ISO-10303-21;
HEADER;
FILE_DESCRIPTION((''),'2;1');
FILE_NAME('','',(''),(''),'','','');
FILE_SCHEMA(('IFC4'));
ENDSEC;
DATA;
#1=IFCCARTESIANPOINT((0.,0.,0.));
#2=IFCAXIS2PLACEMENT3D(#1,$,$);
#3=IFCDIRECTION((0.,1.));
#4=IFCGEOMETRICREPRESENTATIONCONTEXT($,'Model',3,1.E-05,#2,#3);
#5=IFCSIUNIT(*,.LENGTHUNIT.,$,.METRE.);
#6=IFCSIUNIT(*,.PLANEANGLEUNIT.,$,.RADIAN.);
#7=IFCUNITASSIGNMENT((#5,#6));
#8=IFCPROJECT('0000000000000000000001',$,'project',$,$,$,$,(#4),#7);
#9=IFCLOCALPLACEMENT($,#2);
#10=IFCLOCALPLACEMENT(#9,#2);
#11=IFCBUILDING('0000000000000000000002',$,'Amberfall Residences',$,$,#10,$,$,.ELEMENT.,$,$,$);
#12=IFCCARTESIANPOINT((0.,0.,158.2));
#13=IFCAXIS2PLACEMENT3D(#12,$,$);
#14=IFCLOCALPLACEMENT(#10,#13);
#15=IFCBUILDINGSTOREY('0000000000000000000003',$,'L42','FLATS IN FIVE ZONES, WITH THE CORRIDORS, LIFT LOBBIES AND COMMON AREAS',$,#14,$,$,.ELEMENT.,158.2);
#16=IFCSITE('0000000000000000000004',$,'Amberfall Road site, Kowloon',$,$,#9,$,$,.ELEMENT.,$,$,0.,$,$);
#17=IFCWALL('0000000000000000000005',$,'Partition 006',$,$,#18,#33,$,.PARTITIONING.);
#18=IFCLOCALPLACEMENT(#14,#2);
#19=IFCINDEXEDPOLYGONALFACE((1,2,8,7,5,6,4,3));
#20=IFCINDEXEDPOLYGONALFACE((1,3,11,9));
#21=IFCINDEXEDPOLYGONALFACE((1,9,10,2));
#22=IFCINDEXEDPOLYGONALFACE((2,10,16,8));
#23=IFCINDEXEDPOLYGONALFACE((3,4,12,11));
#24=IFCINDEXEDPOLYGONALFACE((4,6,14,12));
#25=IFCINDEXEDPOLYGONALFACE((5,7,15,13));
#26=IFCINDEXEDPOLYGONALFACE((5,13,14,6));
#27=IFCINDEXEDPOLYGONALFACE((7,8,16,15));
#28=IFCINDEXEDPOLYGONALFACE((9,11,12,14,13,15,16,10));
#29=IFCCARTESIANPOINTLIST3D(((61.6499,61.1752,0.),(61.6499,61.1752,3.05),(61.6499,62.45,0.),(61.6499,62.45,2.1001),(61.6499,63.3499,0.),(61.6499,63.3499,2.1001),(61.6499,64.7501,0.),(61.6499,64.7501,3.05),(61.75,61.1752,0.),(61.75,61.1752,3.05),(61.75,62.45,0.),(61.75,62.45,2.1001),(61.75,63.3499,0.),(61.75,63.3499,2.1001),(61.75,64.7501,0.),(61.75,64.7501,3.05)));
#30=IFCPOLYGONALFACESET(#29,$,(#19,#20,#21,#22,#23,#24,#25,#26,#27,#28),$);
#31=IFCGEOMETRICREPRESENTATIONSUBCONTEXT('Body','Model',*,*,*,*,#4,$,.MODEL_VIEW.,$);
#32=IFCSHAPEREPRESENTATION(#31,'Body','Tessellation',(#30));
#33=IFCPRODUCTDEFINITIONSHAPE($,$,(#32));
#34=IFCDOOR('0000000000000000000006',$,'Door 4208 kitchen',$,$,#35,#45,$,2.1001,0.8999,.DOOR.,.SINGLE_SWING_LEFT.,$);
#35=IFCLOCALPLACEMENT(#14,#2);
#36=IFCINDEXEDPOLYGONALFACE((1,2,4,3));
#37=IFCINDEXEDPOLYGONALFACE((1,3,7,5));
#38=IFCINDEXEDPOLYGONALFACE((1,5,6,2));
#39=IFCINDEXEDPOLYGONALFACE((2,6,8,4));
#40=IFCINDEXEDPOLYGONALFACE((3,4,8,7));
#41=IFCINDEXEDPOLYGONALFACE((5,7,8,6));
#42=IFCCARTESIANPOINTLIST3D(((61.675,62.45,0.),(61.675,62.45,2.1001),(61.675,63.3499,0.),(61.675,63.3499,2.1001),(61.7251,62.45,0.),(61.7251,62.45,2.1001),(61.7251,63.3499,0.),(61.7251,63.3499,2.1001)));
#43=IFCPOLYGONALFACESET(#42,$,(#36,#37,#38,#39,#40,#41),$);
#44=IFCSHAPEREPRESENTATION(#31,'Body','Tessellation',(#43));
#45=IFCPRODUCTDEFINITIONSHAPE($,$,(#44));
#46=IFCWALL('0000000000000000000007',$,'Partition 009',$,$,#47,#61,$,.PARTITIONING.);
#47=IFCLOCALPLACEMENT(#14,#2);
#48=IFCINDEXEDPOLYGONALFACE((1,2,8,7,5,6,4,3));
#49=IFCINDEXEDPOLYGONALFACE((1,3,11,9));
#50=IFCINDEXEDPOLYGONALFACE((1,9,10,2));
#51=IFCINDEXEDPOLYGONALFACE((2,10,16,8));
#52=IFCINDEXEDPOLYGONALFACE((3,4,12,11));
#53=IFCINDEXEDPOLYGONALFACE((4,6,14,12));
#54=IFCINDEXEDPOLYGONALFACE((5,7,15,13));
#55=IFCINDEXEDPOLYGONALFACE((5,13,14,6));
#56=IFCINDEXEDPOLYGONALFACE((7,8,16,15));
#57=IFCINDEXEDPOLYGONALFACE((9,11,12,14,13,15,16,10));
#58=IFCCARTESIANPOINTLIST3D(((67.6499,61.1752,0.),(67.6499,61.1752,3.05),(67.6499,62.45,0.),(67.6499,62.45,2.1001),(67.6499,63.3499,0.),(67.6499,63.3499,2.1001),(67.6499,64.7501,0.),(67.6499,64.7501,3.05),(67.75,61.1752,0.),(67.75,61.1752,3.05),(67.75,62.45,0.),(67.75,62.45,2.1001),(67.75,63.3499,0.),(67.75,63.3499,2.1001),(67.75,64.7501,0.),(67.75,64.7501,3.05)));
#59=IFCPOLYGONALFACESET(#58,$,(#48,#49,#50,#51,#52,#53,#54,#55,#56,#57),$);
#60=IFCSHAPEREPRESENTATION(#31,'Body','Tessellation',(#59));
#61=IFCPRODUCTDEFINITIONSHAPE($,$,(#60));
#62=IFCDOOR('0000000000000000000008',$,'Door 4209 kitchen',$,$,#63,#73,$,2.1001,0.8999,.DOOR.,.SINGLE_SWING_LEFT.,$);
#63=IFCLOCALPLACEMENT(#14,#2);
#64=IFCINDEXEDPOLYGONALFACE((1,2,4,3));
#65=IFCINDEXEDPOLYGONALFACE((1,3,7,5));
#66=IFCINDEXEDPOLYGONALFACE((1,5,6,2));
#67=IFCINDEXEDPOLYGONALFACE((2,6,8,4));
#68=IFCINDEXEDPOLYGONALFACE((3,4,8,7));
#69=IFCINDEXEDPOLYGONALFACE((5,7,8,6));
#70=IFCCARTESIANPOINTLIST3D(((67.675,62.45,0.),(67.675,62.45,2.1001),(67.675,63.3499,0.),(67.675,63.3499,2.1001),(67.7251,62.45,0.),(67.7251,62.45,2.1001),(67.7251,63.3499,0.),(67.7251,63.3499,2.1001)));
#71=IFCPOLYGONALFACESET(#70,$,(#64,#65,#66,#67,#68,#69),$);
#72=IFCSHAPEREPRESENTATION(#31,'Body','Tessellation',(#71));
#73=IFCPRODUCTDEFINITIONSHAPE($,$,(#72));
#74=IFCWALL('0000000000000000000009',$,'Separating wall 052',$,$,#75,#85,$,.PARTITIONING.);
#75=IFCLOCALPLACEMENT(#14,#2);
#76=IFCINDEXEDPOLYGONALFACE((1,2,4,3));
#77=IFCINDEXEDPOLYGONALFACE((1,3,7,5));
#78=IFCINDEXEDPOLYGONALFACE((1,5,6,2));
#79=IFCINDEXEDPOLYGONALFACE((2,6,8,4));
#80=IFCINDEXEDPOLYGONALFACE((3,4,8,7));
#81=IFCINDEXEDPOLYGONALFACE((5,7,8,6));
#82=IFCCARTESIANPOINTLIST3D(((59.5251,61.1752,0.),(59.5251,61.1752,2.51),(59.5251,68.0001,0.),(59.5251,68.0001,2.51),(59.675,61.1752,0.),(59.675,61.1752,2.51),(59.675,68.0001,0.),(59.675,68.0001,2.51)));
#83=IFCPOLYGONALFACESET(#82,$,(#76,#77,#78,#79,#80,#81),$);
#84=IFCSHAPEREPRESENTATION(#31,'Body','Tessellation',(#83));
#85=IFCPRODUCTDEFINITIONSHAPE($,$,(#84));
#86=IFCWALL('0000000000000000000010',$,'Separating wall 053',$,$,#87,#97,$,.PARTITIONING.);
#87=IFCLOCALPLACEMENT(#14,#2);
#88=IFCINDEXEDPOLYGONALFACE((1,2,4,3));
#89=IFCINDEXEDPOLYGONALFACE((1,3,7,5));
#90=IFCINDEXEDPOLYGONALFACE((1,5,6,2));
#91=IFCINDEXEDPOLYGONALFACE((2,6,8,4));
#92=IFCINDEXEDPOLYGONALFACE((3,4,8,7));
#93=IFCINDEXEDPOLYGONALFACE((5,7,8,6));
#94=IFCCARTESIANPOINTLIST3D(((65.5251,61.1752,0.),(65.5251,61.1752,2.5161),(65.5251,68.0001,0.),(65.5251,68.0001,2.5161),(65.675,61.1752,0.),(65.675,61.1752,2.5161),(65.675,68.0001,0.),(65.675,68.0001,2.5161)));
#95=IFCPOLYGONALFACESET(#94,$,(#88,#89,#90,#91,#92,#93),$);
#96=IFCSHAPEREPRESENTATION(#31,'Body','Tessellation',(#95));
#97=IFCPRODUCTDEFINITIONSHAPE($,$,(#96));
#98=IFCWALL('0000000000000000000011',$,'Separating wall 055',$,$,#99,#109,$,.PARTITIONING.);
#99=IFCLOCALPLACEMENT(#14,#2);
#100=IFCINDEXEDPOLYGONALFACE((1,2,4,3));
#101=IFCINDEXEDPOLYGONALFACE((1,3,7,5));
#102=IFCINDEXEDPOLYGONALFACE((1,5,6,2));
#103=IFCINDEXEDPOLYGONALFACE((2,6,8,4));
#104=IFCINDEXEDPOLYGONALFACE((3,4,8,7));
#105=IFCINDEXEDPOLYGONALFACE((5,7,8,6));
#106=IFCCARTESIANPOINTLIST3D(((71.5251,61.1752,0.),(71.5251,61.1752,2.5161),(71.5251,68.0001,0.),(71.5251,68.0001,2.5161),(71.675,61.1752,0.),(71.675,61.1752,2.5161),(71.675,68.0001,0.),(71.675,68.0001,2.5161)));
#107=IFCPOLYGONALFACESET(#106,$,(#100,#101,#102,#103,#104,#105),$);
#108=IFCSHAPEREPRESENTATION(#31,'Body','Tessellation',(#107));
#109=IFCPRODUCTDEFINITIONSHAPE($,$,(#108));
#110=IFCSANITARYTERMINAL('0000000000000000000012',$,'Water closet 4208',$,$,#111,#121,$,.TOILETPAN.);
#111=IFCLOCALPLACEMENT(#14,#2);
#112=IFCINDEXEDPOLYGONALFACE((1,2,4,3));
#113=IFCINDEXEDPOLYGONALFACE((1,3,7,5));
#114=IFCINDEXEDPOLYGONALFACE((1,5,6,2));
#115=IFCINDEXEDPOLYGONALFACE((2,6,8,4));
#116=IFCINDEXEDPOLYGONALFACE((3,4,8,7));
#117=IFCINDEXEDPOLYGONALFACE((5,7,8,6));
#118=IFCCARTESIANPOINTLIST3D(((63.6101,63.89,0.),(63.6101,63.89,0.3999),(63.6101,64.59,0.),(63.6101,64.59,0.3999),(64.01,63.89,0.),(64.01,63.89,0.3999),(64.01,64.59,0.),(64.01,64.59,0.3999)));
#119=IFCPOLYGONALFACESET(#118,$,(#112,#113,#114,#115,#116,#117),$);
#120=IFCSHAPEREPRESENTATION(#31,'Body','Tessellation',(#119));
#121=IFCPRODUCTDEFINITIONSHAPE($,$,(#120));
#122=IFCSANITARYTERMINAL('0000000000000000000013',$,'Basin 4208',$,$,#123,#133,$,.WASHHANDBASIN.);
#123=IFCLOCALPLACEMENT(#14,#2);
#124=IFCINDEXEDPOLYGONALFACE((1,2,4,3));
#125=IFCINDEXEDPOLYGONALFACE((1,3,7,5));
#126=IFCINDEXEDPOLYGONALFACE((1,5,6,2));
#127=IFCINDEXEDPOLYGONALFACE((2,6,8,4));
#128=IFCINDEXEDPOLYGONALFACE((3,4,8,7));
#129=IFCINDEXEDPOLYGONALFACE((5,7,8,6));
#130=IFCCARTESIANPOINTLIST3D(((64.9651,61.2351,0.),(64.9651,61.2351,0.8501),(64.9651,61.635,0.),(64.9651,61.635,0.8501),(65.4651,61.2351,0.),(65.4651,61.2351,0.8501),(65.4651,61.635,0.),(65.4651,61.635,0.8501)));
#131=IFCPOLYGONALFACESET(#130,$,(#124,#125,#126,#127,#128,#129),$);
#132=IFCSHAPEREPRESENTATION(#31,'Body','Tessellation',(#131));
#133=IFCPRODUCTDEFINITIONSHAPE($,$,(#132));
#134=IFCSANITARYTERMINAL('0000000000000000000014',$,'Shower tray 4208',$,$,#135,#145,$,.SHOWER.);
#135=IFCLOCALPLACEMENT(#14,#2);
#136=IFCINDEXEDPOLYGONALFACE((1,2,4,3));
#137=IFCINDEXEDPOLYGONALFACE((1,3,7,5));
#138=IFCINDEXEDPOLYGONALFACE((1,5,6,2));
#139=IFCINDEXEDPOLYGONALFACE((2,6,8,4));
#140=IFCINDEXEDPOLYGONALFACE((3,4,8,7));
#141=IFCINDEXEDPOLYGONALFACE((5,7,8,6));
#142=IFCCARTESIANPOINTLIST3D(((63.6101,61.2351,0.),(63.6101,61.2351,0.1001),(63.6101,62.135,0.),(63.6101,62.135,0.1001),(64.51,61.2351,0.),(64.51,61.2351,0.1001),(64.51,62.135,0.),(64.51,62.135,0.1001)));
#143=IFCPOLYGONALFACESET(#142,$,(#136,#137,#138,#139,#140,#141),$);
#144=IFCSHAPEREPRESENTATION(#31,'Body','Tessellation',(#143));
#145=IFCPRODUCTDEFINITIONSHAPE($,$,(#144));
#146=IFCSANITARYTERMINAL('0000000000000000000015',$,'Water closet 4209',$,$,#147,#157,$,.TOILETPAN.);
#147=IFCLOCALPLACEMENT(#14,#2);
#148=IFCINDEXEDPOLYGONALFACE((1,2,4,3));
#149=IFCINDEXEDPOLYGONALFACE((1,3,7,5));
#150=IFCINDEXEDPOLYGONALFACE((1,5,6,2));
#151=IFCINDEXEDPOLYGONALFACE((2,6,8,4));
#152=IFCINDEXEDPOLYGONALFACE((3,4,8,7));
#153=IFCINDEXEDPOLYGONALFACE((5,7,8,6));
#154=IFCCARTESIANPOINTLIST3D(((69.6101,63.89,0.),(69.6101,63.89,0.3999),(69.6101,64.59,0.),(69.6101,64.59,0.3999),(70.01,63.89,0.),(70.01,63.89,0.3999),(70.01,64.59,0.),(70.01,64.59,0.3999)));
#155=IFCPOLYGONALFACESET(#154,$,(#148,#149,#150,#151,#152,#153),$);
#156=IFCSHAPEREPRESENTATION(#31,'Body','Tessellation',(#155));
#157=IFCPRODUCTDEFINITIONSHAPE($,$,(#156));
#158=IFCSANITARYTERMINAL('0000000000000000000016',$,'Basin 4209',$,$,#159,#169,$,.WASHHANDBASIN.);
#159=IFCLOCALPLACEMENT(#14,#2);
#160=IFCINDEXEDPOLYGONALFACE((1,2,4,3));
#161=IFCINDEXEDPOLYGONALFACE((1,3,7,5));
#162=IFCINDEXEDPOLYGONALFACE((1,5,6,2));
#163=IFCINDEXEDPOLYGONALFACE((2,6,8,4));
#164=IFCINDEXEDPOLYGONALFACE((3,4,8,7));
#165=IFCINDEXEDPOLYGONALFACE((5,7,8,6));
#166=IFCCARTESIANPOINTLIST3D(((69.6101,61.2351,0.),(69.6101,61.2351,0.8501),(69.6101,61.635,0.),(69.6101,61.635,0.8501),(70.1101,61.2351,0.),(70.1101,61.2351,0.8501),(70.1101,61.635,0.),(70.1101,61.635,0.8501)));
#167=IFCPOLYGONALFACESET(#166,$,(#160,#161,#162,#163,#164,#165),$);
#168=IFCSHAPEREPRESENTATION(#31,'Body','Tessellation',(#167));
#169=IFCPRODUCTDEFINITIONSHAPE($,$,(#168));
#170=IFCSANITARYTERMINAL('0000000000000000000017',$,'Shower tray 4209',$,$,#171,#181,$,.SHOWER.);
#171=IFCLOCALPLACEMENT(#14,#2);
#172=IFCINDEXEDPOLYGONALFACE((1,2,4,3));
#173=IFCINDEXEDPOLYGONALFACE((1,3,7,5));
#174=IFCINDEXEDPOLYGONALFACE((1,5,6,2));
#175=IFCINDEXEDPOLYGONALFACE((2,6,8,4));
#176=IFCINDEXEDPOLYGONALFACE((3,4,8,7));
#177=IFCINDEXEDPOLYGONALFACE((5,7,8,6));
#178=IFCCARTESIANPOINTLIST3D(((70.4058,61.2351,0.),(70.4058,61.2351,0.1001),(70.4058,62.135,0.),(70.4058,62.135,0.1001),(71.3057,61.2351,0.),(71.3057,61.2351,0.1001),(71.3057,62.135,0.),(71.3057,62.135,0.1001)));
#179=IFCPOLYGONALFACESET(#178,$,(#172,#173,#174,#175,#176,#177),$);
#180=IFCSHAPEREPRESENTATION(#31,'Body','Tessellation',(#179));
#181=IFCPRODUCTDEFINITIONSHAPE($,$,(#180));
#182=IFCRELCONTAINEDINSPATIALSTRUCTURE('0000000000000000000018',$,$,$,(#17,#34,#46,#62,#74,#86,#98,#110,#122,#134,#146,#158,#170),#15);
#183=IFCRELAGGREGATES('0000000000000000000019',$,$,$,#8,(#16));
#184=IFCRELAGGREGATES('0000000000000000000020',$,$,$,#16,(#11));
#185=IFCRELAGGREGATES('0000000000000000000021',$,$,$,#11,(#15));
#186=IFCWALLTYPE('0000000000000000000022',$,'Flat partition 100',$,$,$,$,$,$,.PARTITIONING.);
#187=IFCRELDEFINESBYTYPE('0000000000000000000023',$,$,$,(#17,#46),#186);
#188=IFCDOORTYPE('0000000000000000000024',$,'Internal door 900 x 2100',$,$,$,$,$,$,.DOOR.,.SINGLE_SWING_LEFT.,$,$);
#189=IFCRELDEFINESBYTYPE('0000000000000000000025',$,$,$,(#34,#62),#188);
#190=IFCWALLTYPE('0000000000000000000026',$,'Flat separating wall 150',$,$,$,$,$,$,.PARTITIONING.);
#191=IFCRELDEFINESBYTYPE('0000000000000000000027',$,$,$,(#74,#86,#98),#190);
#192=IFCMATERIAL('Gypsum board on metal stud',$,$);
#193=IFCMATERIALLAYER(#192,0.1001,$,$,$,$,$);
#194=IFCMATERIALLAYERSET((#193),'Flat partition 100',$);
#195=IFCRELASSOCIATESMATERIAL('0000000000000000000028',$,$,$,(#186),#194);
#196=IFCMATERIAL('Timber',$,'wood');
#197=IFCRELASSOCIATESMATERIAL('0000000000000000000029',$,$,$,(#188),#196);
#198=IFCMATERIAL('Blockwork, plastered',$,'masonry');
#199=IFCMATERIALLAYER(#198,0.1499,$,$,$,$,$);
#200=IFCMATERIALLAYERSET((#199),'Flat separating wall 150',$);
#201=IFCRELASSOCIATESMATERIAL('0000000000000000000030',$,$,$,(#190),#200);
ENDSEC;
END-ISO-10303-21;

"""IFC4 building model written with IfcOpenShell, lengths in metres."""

from ifc_helpers import new_model, si_unit, direction, frame, frame_2d, origin, origin_2d, place, context, subcontext, project, spatial, rectangle, extrude, material, layer, layer_set, type_object, element, fill, save


model = new_model("IFC4")

# Units and contexts
model_context = context("Model", 3, precision=1e-05, world=origin(), true_north=direction((0.0, 1.0)))
body_context = subcontext(model_context, "Body", "Model", "MODEL_VIEW")
ifc_project = project(units=[si_unit("LENGTHUNIT", "METRE"), si_unit("PLANEANGLEUNIT", "RADIAN")], contexts=[model_context])

# Site, building, storey
site_placement = place(None, origin())
site = spatial("IfcSite", under=ifc_project, at=site_placement, Name="Amberfall Road site, Kowloon", CompositionType="ELEMENT", RefElevation=0.0)
building_placement = place(site_placement, origin())
building = spatial("IfcBuilding", under=site, at=building_placement, Name="Amberfall Residences", CompositionType="ELEMENT")
storey_placement = place(building_placement, frame((0.0, 0.0, 158.2)))
storey = spatial("IfcBuildingStorey", under=building, at=storey_placement, Name="L42", Description="FLATS IN FIVE ZONES, WITH THE CORRIDORS, LIFT LOBBIES AND COMMON AREAS", CompositionType="ELEMENT", Elevation=158.2)

# Walls, openings, doors
ifc_material_1 = material(Name="Gypsum board on metal stud")
ifc_layer_1 = layer(ifc_material_1, 0.1001)
ifc_layer_set_1 = layer_set([ifc_layer_1], Name="Flat partition 100")
wall_type_1 = type_object("IfcWallType", Name="Flat partition 100", PredefinedType="PARTITIONING", material=ifc_layer_set_1)
wall_1_placement = place(storey_placement, frame((61.7, 61.175, 0.0), z_axis=(0.0, 0.0, 1.0), x_axis=(0.0, 1.0, 0.0)))
wall_1 = element("IfcWall", 1, at=wall_1_placement, inside=storey, type_object=wall_type_1, Name="Partition 006", PredefinedType="PARTITIONING", context=body_context, shape_type="SweptSolid", body=[
    extrude(rectangle(XDim=3.575, YDim=0.1001, at=frame_2d((1.7876, 0.0))), origin(), (0.0, 0.0, 1.0), 3.05),
])
opening_1_placement = place(wall_1_placement, frame((1.2749, 0.0, 0.0)))
opening_1 = element("IfcOpeningElement", 2, at=opening_1_placement, cuts=wall_1, PredefinedType="OPENING", context=body_context, shape_type="SweptSolid", body=[
    extrude(rectangle(XDim=0.8999, YDim=2.1001, at=frame_2d((0.45, 1.05))), frame((0.0, 0.0601, 0.0), z_axis=(0.0, -1.0, 0.0), x_axis=(1.0, 0.0, 0.0)), (0.0, 0.0, 1.0), 0.1201),
])
ifc_material_2 = material(Name="Timber", Category="wood")
door_type = type_object("IfcDoorType", Name="Internal door 900 x 2100", OperationType="SINGLE_SWING_LEFT", PredefinedType="DOOR", material=ifc_material_2)
door_1_placement = place(opening_1_placement, origin())
door_1 = element("IfcDoor", 3, at=door_1_placement, inside=storey, type_object=door_type, Name="Door 4208 kitchen", OperationType="SINGLE_SWING_LEFT", OverallHeight=2.1001, OverallWidth=0.8999, PredefinedType="DOOR", context=body_context, shape_type="SweptSolid", body=[
    extrude(rectangle(XDim=0.8999, YDim=2.1001, at=frame_2d((0.45, 1.05))), frame((0.0, 0.0249, 0.0), z_axis=(0.0, -1.0, 0.0), x_axis=(1.0, 0.0, 0.0)), (0.0, 0.0, 1.0), 0.05),
])
fill(opening_1, door_1)
wall_2_placement = place(storey_placement, frame((67.7, 61.175, 0.0), z_axis=(0.0, 0.0, 1.0), x_axis=(0.0, 1.0, 0.0)))
wall_2 = element("IfcWall", 4, at=wall_2_placement, inside=storey, type_object=wall_type_1, Name="Partition 009", PredefinedType="PARTITIONING", context=body_context, shape_type="SweptSolid", body=[
    extrude(rectangle(XDim=3.575, YDim=0.1001, at=frame_2d((1.7876, 0.0))), origin(), (0.0, 0.0, 1.0), 3.05),
])
opening_2_placement = place(wall_2_placement, frame((1.2749, 0.0, 0.0)))
opening_2 = element("IfcOpeningElement", 5, at=opening_2_placement, cuts=wall_2, PredefinedType="OPENING", context=body_context, shape_type="SweptSolid", body=[
    extrude(rectangle(XDim=0.8999, YDim=2.1001, at=frame_2d((0.45, 1.05))), frame((0.0, 0.0601, 0.0), z_axis=(0.0, -1.0, 0.0), x_axis=(1.0, 0.0, 0.0)), (0.0, 0.0, 1.0), 0.1201),
])
door_2_placement = place(opening_2_placement, origin())
door_2 = element("IfcDoor", 6, at=door_2_placement, inside=storey, type_object=door_type, Name="Door 4209 kitchen", OperationType="SINGLE_SWING_LEFT", OverallHeight=2.1001, OverallWidth=0.8999, PredefinedType="DOOR", context=body_context, shape_type="SweptSolid", body=[
    extrude(rectangle(XDim=0.8999, YDim=2.1001, at=frame_2d((0.45, 1.05))), frame((0.0, 0.0249, 0.0), z_axis=(0.0, -1.0, 0.0), x_axis=(1.0, 0.0, 0.0)), (0.0, 0.0, 1.0), 0.05),
])
fill(opening_2, door_2)

# Walls
ifc_material_3 = material(Name="Blockwork, plastered", Category="masonry")
ifc_layer_2 = layer(ifc_material_3, 0.1499)
ifc_layer_set_2 = layer_set([ifc_layer_2], Name="Flat separating wall 150")
wall_type_2 = type_object("IfcWallType", Name="Flat separating wall 150", PredefinedType="PARTITIONING", material=ifc_layer_set_2)
wall_3_placement = place(storey_placement, frame((59.6001, 61.175, 0.0), z_axis=(0.0, 0.0, 1.0), x_axis=(0.0, 1.0, 0.0)))
element("IfcWall", 7, at=wall_3_placement, inside=storey, type_object=wall_type_2, Name="Separating wall 052", PredefinedType="PARTITIONING", context=body_context, shape_type="SweptSolid", body=[
    extrude(rectangle(XDim=6.825, YDim=0.1499, at=frame_2d((3.4126, 0.0))), origin(), (0.0, 0.0, 1.0), 2.51),
])
for number, where, z_axis, x_axis, name in (
    (8, (65.6001, 61.175, 0.0), (0.0, 0.0, 1.0), (0.0, 1.0, 0.0), "Separating wall 053"),
    (9, (71.6001, 61.175, 0.0), (0.0, 0.0, 1.0), (0.0, 1.0, 0.0), "Separating wall 055"),
):
    element("IfcWall", number, at=place(storey_placement, frame(where, z_axis=z_axis, x_axis=x_axis)), inside=storey, type_object=wall_type_2, Name=name, PredefinedType="PARTITIONING", context=body_context, shape_type="SweptSolid", body=[
        extrude(rectangle(XDim=6.825, YDim=0.1499, at=frame_2d((3.4126, 0.0))), origin(), (0.0, 0.0, 1.0), 2.5161),
    ])

# Sanitary terminals
sanitary_terminal_1_placement = place(storey_placement, frame((63.8101, 64.24, 0.0), z_axis=(0.0, 0.0, 1.0), x_axis=(1.0, 0.0, 0.0)))
element("IfcSanitaryTerminal", 10, at=sanitary_terminal_1_placement, inside=storey, Name="Water closet 4208", PredefinedType="TOILETPAN", context=body_context, shape_type="SweptSolid", body=[
    extrude(rectangle(XDim=0.3999, YDim=0.7, at=origin_2d()), origin(), (0.0, 0.0, 1.0), 0.3999),
])
sanitary_terminal_2_placement = place(storey_placement, frame((65.2151, 61.4351, 0.0), z_axis=(0.0, 0.0, 1.0), x_axis=(1.0, 0.0, 0.0)))
element("IfcSanitaryTerminal", 11, at=sanitary_terminal_2_placement, inside=storey, Name="Basin 4208", PredefinedType="WASHHANDBASIN", context=body_context, shape_type="SweptSolid", body=[
    extrude(rectangle(XDim=0.5, YDim=0.3999, at=origin_2d()), origin(), (0.0, 0.0, 1.0), 0.8501),
])
sanitary_terminal_3_placement = place(storey_placement, frame((64.0601, 61.6851, 0.0), z_axis=(0.0, 0.0, 1.0), x_axis=(1.0, 0.0, 0.0)))
element("IfcSanitaryTerminal", 12, at=sanitary_terminal_3_placement, inside=storey, Name="Shower tray 4208", PredefinedType="SHOWER", context=body_context, shape_type="SweptSolid", body=[
    extrude(rectangle(XDim=0.8999, YDim=0.8999, at=origin_2d()), origin(), (0.0, 0.0, 1.0), 0.1001),
])
sanitary_terminal_4_placement = place(storey_placement, frame((69.8101, 64.24, 0.0), z_axis=(0.0, 0.0, 1.0), x_axis=(1.0, 0.0, 0.0)))
element("IfcSanitaryTerminal", 13, at=sanitary_terminal_4_placement, inside=storey, Name="Water closet 4209", PredefinedType="TOILETPAN", context=body_context, shape_type="SweptSolid", body=[
    extrude(rectangle(XDim=0.3999, YDim=0.7, at=origin_2d()), origin(), (0.0, 0.0, 1.0), 0.3999),
])
sanitary_terminal_5_placement = place(storey_placement, frame((69.8601, 61.4351, 0.0), z_axis=(0.0, 0.0, 1.0), x_axis=(1.0, 0.0, 0.0)))
element("IfcSanitaryTerminal", 14, at=sanitary_terminal_5_placement, inside=storey, Name="Basin 4209", PredefinedType="WASHHANDBASIN", context=body_context, shape_type="SweptSolid", body=[
    extrude(rectangle(XDim=0.5, YDim=0.3999, at=origin_2d()), origin(), (0.0, 0.0, 1.0), 0.8501),
])
sanitary_terminal_6_placement = place(storey_placement, frame((70.8557, 61.6851, 0.0), z_axis=(0.0, 0.0, 1.0), x_axis=(1.0, 0.0, 0.0)))
element("IfcSanitaryTerminal", 15, at=sanitary_terminal_6_placement, inside=storey, Name="Shower tray 4209", PredefinedType="SHOWER", context=body_context, shape_type="SweptSolid", body=[
    extrude(rectangle(XDim=0.8999, YDim=0.8999, at=origin_2d()), origin(), (0.0, 0.0, 1.0), 0.1001),
])

save(model, "model.ifc")
